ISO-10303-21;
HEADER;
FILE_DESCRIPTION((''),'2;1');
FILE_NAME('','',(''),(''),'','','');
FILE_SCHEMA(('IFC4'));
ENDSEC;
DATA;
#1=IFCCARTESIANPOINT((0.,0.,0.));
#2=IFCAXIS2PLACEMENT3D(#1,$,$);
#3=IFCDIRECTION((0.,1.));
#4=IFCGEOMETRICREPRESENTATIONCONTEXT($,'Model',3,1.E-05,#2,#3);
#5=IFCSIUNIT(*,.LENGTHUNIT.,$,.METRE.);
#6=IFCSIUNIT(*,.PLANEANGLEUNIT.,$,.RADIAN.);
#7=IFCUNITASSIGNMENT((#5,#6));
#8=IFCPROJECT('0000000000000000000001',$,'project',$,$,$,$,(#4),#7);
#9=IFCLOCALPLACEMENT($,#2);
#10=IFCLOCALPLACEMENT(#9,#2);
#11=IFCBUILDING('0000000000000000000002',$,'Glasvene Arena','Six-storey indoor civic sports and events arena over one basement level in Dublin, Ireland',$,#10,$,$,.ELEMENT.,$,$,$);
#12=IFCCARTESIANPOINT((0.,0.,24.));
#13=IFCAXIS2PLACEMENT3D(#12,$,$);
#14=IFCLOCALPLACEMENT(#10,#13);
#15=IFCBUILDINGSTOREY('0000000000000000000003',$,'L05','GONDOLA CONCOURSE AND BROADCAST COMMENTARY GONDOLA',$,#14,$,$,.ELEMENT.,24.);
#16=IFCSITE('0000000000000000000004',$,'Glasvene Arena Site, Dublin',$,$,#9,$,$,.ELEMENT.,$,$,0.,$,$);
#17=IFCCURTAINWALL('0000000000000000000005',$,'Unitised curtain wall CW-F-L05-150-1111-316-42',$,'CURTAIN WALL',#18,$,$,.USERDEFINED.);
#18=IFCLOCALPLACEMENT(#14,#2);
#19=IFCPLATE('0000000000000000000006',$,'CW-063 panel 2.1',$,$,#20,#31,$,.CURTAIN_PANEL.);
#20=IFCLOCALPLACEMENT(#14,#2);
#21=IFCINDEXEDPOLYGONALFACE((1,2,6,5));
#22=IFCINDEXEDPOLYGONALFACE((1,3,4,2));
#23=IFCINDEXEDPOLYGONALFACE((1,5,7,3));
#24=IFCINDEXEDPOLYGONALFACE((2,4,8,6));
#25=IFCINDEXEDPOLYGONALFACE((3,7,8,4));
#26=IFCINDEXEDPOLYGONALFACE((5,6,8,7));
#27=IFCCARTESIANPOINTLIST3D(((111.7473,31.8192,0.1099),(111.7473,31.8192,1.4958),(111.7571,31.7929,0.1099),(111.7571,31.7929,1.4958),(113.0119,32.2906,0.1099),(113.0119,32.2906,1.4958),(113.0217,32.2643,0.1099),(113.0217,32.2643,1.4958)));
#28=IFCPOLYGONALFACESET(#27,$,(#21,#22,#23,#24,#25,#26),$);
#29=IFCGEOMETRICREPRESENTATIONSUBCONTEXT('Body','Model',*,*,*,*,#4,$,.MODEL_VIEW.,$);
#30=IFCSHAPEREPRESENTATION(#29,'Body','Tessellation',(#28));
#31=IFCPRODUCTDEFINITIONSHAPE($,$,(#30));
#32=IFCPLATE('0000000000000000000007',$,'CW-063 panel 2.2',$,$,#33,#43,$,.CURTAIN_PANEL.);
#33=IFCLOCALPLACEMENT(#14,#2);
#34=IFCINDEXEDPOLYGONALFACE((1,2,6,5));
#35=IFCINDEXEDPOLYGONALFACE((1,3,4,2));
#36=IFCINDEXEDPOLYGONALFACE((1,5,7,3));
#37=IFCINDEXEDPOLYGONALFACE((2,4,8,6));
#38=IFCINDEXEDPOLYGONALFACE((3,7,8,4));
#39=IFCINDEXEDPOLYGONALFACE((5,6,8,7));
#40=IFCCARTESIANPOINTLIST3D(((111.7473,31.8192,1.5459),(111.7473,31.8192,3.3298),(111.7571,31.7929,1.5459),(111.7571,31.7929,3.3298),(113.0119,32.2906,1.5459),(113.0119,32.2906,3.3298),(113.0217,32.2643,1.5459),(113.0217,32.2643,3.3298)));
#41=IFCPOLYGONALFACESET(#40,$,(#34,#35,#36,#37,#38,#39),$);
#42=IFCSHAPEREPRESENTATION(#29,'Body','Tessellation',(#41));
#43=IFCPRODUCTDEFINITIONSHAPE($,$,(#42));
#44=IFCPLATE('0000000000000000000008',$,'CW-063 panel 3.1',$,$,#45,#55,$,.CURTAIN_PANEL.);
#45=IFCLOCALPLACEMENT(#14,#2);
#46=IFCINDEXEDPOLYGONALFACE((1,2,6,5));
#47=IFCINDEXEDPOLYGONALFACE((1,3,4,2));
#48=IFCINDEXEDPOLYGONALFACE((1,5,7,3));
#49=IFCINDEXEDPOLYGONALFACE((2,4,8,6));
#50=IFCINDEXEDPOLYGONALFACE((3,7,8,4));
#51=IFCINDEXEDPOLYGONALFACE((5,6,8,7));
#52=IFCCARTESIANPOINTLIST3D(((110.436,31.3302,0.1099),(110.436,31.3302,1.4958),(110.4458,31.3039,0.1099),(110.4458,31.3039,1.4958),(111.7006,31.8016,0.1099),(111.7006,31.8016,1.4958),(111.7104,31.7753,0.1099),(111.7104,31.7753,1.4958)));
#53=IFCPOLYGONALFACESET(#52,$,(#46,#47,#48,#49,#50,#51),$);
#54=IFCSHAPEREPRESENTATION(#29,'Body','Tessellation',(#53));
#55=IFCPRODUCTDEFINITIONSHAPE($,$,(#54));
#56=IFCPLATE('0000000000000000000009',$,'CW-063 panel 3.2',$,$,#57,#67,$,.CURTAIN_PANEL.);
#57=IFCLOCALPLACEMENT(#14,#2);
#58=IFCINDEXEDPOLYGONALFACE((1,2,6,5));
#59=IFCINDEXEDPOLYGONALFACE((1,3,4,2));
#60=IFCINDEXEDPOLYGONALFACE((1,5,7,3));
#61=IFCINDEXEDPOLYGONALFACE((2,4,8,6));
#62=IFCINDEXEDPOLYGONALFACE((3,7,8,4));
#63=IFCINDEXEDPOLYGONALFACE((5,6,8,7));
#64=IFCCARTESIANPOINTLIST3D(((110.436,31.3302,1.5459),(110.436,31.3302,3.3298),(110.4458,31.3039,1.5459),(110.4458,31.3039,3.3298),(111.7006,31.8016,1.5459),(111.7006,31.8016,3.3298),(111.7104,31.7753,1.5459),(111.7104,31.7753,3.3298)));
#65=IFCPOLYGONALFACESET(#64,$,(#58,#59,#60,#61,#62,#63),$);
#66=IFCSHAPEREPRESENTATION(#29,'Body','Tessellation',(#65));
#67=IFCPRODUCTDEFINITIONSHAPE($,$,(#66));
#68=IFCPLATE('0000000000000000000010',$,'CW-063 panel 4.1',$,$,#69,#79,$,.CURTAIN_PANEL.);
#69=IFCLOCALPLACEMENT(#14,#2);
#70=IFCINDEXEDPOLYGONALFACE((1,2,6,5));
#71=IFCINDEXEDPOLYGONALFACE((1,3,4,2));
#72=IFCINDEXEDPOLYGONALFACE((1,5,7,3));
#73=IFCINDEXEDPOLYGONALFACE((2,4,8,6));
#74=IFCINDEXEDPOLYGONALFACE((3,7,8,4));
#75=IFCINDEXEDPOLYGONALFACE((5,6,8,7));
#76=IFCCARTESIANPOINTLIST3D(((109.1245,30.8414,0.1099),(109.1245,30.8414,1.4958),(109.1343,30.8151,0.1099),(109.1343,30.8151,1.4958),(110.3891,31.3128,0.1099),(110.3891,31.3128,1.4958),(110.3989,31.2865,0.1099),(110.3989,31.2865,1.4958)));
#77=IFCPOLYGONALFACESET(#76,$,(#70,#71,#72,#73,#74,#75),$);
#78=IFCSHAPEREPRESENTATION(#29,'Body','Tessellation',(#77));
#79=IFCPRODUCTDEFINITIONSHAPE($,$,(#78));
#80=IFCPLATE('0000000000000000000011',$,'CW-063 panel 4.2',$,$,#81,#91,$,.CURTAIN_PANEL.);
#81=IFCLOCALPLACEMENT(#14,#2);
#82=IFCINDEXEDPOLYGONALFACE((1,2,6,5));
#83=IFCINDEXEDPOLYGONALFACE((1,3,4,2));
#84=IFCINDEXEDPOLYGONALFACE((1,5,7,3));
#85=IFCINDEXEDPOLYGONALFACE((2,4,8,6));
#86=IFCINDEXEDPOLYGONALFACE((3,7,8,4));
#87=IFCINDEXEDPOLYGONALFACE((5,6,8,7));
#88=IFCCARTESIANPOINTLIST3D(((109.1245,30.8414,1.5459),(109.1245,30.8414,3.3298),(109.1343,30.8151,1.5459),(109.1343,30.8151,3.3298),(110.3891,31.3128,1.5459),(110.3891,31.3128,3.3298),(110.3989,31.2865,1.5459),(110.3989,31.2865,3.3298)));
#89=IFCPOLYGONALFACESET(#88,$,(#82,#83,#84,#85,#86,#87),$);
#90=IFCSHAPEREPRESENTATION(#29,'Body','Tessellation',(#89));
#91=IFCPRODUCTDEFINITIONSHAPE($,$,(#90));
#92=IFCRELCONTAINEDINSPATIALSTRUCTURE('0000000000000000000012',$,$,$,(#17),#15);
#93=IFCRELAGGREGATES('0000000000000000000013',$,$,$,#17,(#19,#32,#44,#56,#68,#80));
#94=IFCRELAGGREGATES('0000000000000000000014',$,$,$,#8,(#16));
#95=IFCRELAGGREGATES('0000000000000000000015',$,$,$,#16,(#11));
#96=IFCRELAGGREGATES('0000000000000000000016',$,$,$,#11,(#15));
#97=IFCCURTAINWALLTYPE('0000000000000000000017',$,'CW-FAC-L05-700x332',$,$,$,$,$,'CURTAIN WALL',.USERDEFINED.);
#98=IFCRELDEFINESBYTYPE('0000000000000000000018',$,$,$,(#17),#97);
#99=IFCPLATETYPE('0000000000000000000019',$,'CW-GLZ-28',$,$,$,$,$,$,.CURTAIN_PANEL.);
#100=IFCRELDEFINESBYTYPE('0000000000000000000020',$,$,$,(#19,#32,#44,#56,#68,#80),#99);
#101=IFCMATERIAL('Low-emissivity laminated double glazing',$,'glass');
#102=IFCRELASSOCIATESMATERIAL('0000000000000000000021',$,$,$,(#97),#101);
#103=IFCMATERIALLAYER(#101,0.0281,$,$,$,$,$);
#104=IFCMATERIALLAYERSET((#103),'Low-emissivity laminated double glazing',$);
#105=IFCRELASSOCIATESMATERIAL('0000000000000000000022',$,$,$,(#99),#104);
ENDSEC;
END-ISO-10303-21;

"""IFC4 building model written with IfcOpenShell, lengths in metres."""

from ifc_helpers import new_model, si_unit, direction, frame, origin, origin_2d, place, context, subcontext, project, spatial, rectangle, extrude, material, layer, layer_set, type_object, element, aggregate, save


model = new_model("IFC4")

# Units and contexts
model_context = context("Model", 3, precision=1e-05, world=origin(), true_north=direction((0.0, 1.0)))
body_context = subcontext(model_context, "Body", "Model", "MODEL_VIEW")
ifc_project = project(units=[si_unit("LENGTHUNIT", "METRE"), si_unit("PLANEANGLEUNIT", "RADIAN")], contexts=[model_context])

# Site, building, storey
site_placement = place(None, origin())
site = spatial("IfcSite", under=ifc_project, at=site_placement, Name="Glasvene Arena Site, Dublin", CompositionType="ELEMENT", RefElevation=0.0)
building_placement = place(site_placement, origin())
building = spatial("IfcBuilding", under=site, at=building_placement, Name="Glasvene Arena", Description="Six-storey indoor civic sports and events arena over one basement level in Dublin, Ireland", CompositionType="ELEMENT")
storey_placement = place(building_placement, frame((0.0, 0.0, 24.0)))
storey = spatial("IfcBuildingStorey", under=building, at=storey_placement, Name="L05", Description="GONDOLA CONCOURSE AND BROADCAST COMMENTARY GONDOLA", CompositionType="ELEMENT", Elevation=24.0)

# Curtain wall, plates
ifc_material_1 = material(Name="Low-emissivity laminated double glazing", Category="glass")
curtain_wall_type = type_object("IfcCurtainWallType", Name="CW-FAC-L05-700x332", ElementType="CURTAIN WALL", PredefinedType="USERDEFINED", material=ifc_material_1)
curtain_wall_placement = place(storey_placement, frame((114.3518, 32.7749, 0.0)))
curtain_wall = element("IfcCurtainWall", 1, at=curtain_wall_placement, inside=storey, type_object=curtain_wall_type, Name="Unitised curtain wall CW-F-L05-150-1111-316-42", ObjectType="CURTAIN WALL", PredefinedType="USERDEFINED")
ifc_layer = layer(ifc_material_1, 0.0281)
ifc_layer_set = layer_set([ifc_layer], Name="Low-emissivity laminated double glazing")
plate_type = type_object("IfcPlateType", Name="CW-GLZ-28", PredefinedType="CURTAIN_PANEL", material=ifc_layer_set)
plate_1_placement = place(storey_placement, frame((112.3845, 32.0417, 0.1099), z_axis=(0.0, 0.0, 1.0), x_axis=(-0.937012, -0.349297, 0.0)))
plate_1 = element("IfcPlate", 2, at=plate_1_placement, type_object=plate_type, Name="CW-063 panel 2.1", PredefinedType="CURTAIN_PANEL", context=body_context, shape_type="SweptSolid", body=[
    extrude(rectangle(XDim=1.3496, YDim=0.0281, at=origin_2d()), origin(), (0.0, 0.0, 1.0), 1.386),
])
plate_2_placement = place(storey_placement, frame((112.3845, 32.0417, 1.5459), z_axis=(0.0, 0.0, 1.0), x_axis=(-0.937012, -0.349297, 0.0)))
plate_2 = element("IfcPlate", 3, at=plate_2_placement, type_object=plate_type, Name="CW-063 panel 2.2", PredefinedType="CURTAIN_PANEL", context=body_context, shape_type="SweptSolid", body=[
    extrude(rectangle(XDim=1.3496, YDim=0.0281, at=origin_2d()), origin(), (0.0, 0.0, 1.0), 1.7839),
])
plate_3_placement = place(storey_placement, frame((111.0732, 31.5527, 0.1099), z_axis=(0.0, 0.0, 1.0), x_axis=(-0.937012, -0.349297, 0.0)))
plate_3 = element("IfcPlate", 4, at=plate_3_placement, type_object=plate_type, Name="CW-063 panel 3.1", PredefinedType="CURTAIN_PANEL", context=body_context, shape_type="SweptSolid", body=[
    extrude(rectangle(XDim=1.3496, YDim=0.0281, at=origin_2d()), origin(), (0.0, 0.0, 1.0), 1.386),
])
plate_4_placement = place(storey_placement, frame((111.0732, 31.5527, 1.5459), z_axis=(0.0, 0.0, 1.0), x_axis=(-0.937012, -0.349297, 0.0)))
plate_4 = element("IfcPlate", 5, at=plate_4_placement, type_object=plate_type, Name="CW-063 panel 3.2", PredefinedType="CURTAIN_PANEL", context=body_context, shape_type="SweptSolid", body=[
    extrude(rectangle(XDim=1.3496, YDim=0.0281, at=origin_2d()), origin(), (0.0, 0.0, 1.0), 1.7839),
])
plate_5_placement = place(storey_placement, frame((109.7617, 31.064, 0.1099), z_axis=(0.0, 0.0, 1.0), x_axis=(-0.937012, -0.349297, 0.0)))
plate_5 = element("IfcPlate", 6, at=plate_5_placement, type_object=plate_type, Name="CW-063 panel 4.1", PredefinedType="CURTAIN_PANEL", context=body_context, shape_type="SweptSolid", body=[
    extrude(rectangle(XDim=1.3496, YDim=0.0281, at=origin_2d()), origin(), (0.0, 0.0, 1.0), 1.386),
])
plate_6_placement = place(storey_placement, frame((109.7617, 31.064, 1.5459), z_axis=(0.0, 0.0, 1.0), x_axis=(-0.937012, -0.349297, 0.0)))
plate_6 = element("IfcPlate", 7, at=plate_6_placement, type_object=plate_type, Name="CW-063 panel 4.2", PredefinedType="CURTAIN_PANEL", context=body_context, shape_type="SweptSolid", body=[
    extrude(rectangle(XDim=1.3496, YDim=0.0281, at=origin_2d()), origin(), (0.0, 0.0, 1.0), 1.7839),
])
aggregate(curtain_wall, [plate_1, plate_2, plate_3, plate_4, plate_5, plate_6])

save(model, "model.ifc")
